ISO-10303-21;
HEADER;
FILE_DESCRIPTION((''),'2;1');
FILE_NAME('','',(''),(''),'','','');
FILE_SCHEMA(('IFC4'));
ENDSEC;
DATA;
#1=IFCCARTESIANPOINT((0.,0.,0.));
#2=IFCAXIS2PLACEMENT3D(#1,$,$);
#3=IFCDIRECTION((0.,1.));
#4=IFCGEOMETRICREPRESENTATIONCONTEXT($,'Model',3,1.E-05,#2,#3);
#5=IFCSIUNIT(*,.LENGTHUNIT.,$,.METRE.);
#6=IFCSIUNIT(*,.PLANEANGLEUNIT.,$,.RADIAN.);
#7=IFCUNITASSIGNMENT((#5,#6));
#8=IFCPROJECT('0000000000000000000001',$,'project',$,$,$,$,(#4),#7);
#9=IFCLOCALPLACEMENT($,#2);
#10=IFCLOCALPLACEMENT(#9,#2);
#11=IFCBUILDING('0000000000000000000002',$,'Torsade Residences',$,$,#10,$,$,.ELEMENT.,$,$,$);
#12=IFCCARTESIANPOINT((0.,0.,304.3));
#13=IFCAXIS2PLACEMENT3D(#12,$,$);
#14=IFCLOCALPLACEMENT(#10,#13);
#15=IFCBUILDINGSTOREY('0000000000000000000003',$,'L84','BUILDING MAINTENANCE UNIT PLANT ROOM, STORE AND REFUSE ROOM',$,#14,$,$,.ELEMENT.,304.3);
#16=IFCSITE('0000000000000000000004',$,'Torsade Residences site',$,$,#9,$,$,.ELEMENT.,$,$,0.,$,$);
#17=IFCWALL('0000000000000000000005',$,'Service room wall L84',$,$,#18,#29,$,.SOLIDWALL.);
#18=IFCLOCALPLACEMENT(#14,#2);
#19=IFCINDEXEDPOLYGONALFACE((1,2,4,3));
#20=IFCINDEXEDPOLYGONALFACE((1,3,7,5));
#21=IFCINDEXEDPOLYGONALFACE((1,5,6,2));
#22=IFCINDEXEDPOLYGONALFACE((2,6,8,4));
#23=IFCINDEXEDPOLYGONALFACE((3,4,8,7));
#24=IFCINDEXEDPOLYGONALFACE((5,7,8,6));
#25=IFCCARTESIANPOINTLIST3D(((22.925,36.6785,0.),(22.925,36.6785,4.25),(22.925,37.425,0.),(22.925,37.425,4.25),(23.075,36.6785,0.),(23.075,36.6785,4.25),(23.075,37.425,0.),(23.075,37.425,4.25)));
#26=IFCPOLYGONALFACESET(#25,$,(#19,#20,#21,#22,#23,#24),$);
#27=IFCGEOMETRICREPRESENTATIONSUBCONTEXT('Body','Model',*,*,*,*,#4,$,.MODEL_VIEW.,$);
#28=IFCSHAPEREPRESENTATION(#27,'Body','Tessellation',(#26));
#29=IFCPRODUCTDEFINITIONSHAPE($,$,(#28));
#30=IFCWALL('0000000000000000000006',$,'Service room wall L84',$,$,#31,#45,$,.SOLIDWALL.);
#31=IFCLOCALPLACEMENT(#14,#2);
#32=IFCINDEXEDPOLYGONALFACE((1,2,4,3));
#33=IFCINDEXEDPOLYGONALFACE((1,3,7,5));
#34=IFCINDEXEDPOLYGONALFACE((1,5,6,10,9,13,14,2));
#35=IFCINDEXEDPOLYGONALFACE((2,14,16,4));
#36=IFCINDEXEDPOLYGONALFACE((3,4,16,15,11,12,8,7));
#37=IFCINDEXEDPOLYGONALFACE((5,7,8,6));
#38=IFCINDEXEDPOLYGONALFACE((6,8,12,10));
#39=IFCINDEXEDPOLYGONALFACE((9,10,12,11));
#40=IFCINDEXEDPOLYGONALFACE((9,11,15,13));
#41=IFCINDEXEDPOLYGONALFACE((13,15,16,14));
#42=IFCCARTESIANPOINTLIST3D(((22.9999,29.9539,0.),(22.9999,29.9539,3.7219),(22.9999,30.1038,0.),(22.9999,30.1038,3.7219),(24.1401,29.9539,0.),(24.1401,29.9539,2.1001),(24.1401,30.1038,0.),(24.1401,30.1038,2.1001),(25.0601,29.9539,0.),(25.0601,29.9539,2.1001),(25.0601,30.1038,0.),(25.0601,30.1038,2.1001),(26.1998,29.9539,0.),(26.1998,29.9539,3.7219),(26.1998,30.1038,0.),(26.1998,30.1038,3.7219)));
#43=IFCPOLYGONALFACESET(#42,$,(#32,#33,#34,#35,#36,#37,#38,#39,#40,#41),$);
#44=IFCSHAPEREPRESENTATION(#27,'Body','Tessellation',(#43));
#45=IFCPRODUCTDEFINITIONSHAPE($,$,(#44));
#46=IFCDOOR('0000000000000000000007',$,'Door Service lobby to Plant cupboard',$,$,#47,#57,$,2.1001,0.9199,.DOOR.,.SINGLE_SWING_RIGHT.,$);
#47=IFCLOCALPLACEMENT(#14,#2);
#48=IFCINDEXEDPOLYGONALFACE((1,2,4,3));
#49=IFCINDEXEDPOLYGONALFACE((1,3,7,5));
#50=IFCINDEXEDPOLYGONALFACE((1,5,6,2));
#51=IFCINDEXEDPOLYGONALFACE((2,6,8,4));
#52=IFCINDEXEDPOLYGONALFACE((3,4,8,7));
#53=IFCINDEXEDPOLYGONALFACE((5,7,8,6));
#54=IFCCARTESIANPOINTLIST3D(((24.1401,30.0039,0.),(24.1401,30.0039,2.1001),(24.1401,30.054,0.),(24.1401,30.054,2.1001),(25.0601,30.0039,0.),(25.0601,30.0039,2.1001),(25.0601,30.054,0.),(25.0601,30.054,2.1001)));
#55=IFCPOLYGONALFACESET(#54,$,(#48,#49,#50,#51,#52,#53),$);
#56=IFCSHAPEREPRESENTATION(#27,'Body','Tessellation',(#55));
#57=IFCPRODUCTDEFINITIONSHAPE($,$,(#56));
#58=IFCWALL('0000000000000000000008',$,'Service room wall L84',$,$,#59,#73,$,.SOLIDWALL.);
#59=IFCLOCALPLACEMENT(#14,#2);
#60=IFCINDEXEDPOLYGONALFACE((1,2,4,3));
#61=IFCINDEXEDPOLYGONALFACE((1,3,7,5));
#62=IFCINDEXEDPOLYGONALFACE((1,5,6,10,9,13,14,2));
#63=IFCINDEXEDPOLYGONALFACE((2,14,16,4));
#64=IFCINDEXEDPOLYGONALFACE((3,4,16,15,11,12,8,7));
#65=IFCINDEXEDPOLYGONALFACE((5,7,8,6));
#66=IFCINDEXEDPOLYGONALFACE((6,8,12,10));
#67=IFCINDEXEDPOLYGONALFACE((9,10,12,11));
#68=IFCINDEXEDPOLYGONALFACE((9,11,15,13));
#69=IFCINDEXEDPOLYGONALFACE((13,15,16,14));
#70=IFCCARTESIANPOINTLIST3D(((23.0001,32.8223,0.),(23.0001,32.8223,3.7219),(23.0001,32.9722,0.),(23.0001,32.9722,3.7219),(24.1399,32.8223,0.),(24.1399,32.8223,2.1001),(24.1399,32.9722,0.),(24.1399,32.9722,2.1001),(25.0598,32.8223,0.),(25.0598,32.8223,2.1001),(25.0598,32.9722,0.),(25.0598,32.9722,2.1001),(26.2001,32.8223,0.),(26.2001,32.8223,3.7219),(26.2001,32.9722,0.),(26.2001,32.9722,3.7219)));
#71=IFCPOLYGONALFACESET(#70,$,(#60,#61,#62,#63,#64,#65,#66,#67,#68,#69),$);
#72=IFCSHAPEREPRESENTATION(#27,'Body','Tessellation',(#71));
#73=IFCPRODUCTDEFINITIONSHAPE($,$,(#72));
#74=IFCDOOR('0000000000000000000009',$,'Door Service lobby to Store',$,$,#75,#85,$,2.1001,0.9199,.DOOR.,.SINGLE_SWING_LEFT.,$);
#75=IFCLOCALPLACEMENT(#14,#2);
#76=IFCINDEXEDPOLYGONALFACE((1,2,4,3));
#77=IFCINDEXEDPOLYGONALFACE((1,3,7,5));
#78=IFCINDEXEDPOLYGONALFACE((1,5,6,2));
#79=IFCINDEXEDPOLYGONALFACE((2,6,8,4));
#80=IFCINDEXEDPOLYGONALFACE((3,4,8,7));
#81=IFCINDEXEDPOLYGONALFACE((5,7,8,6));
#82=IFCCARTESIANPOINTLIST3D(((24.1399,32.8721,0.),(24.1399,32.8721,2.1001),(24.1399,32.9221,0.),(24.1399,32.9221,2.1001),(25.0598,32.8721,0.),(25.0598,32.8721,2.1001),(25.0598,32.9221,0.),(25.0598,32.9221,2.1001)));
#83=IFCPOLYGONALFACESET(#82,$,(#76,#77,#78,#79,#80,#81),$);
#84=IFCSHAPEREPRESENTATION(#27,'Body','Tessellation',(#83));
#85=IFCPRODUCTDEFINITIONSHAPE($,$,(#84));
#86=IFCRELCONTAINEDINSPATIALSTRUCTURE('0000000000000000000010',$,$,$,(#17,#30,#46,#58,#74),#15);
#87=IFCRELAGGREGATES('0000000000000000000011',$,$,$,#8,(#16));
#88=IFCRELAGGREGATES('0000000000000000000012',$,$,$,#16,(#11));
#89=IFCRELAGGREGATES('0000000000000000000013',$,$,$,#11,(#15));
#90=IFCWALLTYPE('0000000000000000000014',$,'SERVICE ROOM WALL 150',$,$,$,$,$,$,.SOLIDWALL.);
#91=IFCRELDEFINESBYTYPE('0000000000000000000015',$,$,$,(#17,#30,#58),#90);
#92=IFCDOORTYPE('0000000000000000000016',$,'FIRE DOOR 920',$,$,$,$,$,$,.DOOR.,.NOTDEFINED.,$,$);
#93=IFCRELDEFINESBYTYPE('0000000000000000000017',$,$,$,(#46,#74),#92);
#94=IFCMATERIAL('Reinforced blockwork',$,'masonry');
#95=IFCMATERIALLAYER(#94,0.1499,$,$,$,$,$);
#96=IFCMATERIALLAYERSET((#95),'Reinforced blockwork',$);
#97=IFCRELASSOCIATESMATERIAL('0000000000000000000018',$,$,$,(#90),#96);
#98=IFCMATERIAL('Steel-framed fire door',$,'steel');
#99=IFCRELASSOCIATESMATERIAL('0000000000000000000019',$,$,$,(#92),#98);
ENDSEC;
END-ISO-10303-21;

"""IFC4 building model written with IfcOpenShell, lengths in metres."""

from ifc_helpers import new_model, si_unit, direction, frame, frame_2d, origin, place, context, subcontext, project, spatial, rectangle, extrude, material, layer, layer_set, type_object, element, fill, save


model = new_model("IFC4")

# Units and contexts
model_context = context("Model", 3, precision=1e-05, world=origin(), true_north=direction((0.0, 1.0)))
body_context = subcontext(model_context, "Body", "Model", "MODEL_VIEW")
ifc_project = project(units=[si_unit("LENGTHUNIT", "METRE"), si_unit("PLANEANGLEUNIT", "RADIAN")], contexts=[model_context])

# Site, building, storey
site_placement = place(None, origin())
site = spatial("IfcSite", under=ifc_project, at=site_placement, Name="Torsade Residences site", CompositionType="ELEMENT", RefElevation=0.0)
building_placement = place(site_placement, origin())
building = spatial("IfcBuilding", under=site, at=building_placement, Name="Torsade Residences", CompositionType="ELEMENT")
storey_placement = place(building_placement, frame((0.0, 0.0, 304.3)))
storey = spatial("IfcBuildingStorey", under=building, at=storey_placement, Name="L84", Description="BUILDING MAINTENANCE UNIT PLANT ROOM, STORE AND REFUSE ROOM", CompositionType="ELEMENT", Elevation=304.3)

# Wall
ifc_material_1 = material(Name="Reinforced blockwork", Category="masonry")
ifc_layer_1 = layer(ifc_material_1, 0.1499)
ifc_layer_set_1 = layer_set([ifc_layer_1], Name="Reinforced blockwork")
wall_type_1 = type_object("IfcWallType", Name="SERVICE ROOM WALL 150", PredefinedType="SOLIDWALL", material=ifc_layer_set_1)
wall_1_placement = place(storey_placement, frame((23.0, 36.6785, 0.0), z_axis=(0.0, 0.0, 1.0), x_axis=(0.0, 1.0, 0.0)))
element("IfcWall", 1, at=wall_1_placement, inside=storey, type_object=wall_type_1, Name="Service room wall L84", PredefinedType="SOLIDWALL", context=body_context, shape_type="SweptSolid", body=[
    extrude(rectangle(XDim=0.7466, YDim=0.1499, at=frame_2d((0.3733, 0.0))), origin(), (0.0, 0.0, 1.0), 4.25),
])

# Walls, openings, doors
wall_2_placement = place(storey_placement, frame((26.2, 30.0288, 0.0), z_axis=(0.0, 0.0, 1.0), x_axis=(-1.0, 0.0, 0.0)))
wall_2 = element("IfcWall", 2, at=wall_2_placement, inside=storey, type_object=wall_type_1, Name="Service room wall L84", PredefinedType="SOLIDWALL", context=body_context, shape_type="SweptSolid", body=[
    extrude(rectangle(XDim=3.2, YDim=0.1499, at=frame_2d((1.6001, 0.0))), origin(), (0.0, 0.0, 1.0), 3.7219),
])
opening_1_placement = place(wall_2_placement, frame((1.1399, 0.0, 0.0)))
opening_1 = element("IfcOpeningElement", 3, at=opening_1_placement, cuts=wall_2, PredefinedType="OPENING", context=body_context, shape_type="SweptSolid", body=[
    extrude(rectangle(XDim=0.9199, YDim=2.1001, at=frame_2d((0.46, 1.05))), frame((0.0, 0.085, 0.0), z_axis=(0.0, -1.0, 0.0), x_axis=(1.0, 0.0, 0.0)), (0.0, 0.0, 1.0), 0.1699),
])
ifc_material_2 = material(Name="Steel-framed fire door", Category="steel")
door_type_1 = type_object("IfcDoorType", Name="FIRE DOOR 920", OperationType="NOTDEFINED", PredefinedType="DOOR", material=ifc_material_2)
door_1_placement = place(opening_1_placement, origin())
door_1 = element("IfcDoor", 4, at=door_1_placement, inside=storey, type_object=door_type_1, Name="Door Service lobby to Plant cupboard", OperationType="SINGLE_SWING_RIGHT", OverallHeight=2.1001, OverallWidth=0.9199, PredefinedType="DOOR", context=body_context, shape_type="SweptSolid", body=[
    extrude(rectangle(XDim=0.9199, YDim=2.1001, at=frame_2d((0.46, 1.05))), frame((0.0, 0.0249, 0.0), z_axis=(0.0, -1.0, 0.0), x_axis=(1.0, 0.0, 0.0)), (0.0, 0.0, 1.0), 0.05),
])
fill(opening_1, door_1)
wall_3_placement = place(storey_placement, frame((23.0, 32.8972, 0.0), z_axis=(0.0, 0.0, 1.0), x_axis=(1.0, 0.0, 0.0)))
wall_3 = element("IfcWall", 5, at=wall_3_placement, inside=storey, type_object=wall_type_1, Name="Service room wall L84", PredefinedType="SOLIDWALL", context=body_context, shape_type="SweptSolid", body=[
    extrude(rectangle(XDim=3.2, YDim=0.1499, at=frame_2d((1.6001, 0.0))), origin(), (0.0, 0.0, 1.0), 3.7219),
])
opening_2_placement = place(wall_3_placement, frame((1.1399, 0.0, 0.0)))
opening_2 = element("IfcOpeningElement", 6, at=opening_2_placement, cuts=wall_3, PredefinedType="OPENING", context=body_context, shape_type="SweptSolid", body=[
    extrude(rectangle(XDim=0.9199, YDim=2.1001, at=frame_2d((0.46, 1.05))), frame((0.0, 0.085, 0.0), z_axis=(0.0, -1.0, 0.0), x_axis=(1.0, 0.0, 0.0)), (0.0, 0.0, 1.0), 0.1699),
])
door_2_placement = place(opening_2_placement, origin())
door_2 = element("IfcDoor", 7, at=door_2_placement, inside=storey, type_object=door_type_1, Name="Door Service lobby to Store", OperationType="SINGLE_SWING_LEFT", OverallHeight=2.1001, OverallWidth=0.9199, PredefinedType="DOOR", context=body_context, shape_type="SweptSolid", body=[
    extrude(rectangle(XDim=0.9199, YDim=2.1001, at=frame_2d((0.46, 1.05))), frame((0.0, 0.0249, 0.0), z_axis=(0.0, -1.0, 0.0), x_axis=(1.0, 0.0, 0.0)), (0.0, 0.0, 1.0), 0.05),
])
fill(opening_2, door_2)

save(model, "model.ifc")
